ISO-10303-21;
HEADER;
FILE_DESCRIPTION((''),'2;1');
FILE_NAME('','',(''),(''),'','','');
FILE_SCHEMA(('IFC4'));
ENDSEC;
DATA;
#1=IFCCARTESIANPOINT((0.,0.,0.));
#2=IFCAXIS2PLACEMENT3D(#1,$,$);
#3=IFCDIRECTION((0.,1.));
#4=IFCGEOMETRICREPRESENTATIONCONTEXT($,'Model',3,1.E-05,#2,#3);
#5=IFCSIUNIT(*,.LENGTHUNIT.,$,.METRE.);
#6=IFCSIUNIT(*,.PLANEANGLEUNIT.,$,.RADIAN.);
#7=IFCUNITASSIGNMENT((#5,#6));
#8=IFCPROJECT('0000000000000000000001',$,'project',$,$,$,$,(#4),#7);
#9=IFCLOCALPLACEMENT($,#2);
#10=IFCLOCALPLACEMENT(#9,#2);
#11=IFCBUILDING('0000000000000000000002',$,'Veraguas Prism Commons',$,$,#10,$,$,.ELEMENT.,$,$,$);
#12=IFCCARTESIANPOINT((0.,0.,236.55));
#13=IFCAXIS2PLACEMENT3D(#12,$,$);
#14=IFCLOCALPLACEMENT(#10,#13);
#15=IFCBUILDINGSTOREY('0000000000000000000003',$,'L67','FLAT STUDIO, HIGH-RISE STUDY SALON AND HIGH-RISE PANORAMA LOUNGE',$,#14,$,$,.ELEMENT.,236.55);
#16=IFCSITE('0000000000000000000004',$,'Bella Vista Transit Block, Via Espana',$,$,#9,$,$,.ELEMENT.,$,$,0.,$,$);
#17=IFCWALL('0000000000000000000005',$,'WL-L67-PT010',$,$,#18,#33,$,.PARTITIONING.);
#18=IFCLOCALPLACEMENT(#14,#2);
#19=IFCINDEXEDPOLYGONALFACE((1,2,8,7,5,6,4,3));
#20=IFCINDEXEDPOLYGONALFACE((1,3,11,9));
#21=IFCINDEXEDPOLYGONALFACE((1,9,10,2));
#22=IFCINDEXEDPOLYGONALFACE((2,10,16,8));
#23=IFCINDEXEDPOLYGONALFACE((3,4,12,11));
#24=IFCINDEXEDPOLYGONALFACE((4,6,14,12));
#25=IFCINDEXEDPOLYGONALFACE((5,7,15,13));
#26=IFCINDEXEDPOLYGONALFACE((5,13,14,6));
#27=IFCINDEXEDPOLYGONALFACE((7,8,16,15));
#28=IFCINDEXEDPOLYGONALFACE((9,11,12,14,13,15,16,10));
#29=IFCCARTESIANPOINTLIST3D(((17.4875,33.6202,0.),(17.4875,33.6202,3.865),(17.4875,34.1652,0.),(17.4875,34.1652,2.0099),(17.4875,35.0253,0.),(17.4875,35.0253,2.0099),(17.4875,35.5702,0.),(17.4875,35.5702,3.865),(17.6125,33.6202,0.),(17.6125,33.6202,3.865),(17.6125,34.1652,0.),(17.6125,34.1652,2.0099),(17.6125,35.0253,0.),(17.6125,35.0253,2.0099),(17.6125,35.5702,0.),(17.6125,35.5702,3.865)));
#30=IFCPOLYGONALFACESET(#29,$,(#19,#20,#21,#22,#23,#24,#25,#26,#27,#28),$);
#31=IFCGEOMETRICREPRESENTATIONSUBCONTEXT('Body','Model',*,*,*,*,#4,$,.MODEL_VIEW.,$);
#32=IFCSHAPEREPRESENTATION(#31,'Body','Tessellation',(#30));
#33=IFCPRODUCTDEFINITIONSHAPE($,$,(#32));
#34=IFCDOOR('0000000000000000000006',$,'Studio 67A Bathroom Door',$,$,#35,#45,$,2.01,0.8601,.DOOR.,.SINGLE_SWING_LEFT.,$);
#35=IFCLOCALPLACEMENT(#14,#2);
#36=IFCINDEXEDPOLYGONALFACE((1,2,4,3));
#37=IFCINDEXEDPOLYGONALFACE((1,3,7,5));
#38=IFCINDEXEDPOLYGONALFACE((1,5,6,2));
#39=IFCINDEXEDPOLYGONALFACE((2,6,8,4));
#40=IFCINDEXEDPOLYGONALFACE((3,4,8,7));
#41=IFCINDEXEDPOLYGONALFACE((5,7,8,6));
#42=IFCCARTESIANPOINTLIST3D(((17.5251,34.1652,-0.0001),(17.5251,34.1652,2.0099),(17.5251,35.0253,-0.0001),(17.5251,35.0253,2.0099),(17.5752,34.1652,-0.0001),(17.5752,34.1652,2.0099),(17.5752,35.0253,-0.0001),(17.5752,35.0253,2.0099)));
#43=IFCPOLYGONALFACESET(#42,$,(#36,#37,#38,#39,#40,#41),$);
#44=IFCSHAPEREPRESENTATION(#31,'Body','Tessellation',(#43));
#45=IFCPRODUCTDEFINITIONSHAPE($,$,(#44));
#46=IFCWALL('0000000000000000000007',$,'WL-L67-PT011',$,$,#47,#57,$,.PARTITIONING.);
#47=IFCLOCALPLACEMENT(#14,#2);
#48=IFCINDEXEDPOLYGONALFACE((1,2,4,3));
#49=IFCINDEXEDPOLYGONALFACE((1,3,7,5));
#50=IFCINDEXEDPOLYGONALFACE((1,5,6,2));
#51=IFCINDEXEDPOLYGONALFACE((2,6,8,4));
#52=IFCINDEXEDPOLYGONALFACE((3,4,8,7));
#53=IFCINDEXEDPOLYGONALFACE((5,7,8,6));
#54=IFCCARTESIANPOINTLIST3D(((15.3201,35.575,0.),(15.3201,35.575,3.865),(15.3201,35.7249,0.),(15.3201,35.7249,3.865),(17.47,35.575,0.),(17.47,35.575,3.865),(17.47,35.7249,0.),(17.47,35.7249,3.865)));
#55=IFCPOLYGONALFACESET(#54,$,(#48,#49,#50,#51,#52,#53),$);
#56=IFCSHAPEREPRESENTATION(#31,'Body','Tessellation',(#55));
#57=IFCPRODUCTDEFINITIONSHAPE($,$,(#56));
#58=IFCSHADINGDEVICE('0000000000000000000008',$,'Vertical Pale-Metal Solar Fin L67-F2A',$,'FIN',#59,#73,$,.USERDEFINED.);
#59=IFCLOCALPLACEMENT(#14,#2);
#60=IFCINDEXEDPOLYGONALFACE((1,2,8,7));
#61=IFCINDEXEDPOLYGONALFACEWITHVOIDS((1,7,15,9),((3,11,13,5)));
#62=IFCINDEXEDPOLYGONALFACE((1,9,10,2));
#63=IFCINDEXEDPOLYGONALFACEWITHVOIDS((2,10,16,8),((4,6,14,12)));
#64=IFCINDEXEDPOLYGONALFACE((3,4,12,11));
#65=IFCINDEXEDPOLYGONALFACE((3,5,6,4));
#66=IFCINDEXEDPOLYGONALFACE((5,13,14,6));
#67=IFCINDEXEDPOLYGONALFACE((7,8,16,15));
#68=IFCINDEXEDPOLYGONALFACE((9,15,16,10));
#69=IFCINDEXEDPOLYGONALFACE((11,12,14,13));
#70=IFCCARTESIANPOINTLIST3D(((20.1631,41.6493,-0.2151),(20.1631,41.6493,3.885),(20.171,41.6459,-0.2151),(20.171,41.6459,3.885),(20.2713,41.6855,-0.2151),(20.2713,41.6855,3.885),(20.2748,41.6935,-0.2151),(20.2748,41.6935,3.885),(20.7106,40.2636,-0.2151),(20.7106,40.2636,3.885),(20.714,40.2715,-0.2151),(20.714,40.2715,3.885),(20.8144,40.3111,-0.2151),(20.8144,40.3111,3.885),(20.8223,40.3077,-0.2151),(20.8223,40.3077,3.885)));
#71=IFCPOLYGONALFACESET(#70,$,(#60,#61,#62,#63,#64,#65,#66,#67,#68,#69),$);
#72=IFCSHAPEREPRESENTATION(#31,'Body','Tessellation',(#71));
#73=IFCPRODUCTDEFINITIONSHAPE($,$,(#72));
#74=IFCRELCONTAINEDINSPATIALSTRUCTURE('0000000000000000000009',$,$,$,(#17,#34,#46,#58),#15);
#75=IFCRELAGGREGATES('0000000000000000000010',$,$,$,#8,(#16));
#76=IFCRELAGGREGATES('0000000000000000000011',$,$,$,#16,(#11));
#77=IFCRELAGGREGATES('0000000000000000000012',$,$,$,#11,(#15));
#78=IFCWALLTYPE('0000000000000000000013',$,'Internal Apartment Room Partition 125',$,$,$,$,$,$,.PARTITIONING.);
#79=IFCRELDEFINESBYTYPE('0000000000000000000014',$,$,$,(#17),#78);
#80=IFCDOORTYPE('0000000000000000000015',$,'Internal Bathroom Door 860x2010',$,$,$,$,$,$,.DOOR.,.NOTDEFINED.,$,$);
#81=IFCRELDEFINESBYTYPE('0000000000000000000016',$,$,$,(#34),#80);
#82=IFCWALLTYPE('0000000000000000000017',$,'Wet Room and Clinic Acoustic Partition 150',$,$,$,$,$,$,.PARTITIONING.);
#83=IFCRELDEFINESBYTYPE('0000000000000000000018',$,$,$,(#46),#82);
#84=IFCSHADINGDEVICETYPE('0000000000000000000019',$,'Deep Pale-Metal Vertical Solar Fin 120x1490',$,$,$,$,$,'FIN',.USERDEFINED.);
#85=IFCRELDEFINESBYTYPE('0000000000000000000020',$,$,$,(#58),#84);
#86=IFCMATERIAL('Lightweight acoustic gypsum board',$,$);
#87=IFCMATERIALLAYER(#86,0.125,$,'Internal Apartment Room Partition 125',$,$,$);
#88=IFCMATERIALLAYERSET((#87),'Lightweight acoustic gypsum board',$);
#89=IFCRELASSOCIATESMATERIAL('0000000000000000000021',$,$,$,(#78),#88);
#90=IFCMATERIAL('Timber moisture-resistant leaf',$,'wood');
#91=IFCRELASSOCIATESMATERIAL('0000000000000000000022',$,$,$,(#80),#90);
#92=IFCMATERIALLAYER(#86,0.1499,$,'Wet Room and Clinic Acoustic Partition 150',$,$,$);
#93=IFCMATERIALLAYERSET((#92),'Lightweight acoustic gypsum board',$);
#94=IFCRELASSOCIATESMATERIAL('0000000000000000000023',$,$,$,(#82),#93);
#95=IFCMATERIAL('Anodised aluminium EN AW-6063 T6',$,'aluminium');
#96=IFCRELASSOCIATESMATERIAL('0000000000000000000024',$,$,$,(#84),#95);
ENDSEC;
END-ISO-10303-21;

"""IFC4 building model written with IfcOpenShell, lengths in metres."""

from ifc_helpers import new_model, si_unit, direction, frame, frame_2d, origin, origin_2d, place, context, subcontext, project, spatial, rectangle, hollow_rectangle, extrude, source, transform, mapped, material, layer, layer_set, material_profile, profile_set, type_object, element, fill, save


model = new_model("IFC4")

# Units and contexts
model_context = context("Model", 3, precision=1e-05, world=origin(), true_north=direction((0.0, 1.0)))
body_context = subcontext(model_context, "Body", "Model", "MODEL_VIEW")
ifc_project = project(units=[si_unit("LENGTHUNIT", "METRE"), si_unit("PLANEANGLEUNIT", "RADIAN")], contexts=[model_context])

# Site, building, storey
site_placement = place(None, origin())
site = spatial("IfcSite", under=ifc_project, at=site_placement, Name="Bella Vista Transit Block, Via Espana", CompositionType="ELEMENT", RefElevation=0.0)
building_placement = place(site_placement, origin())
building = spatial("IfcBuilding", under=site, at=building_placement, Name="Veraguas Prism Commons", CompositionType="ELEMENT")
storey_placement = place(building_placement, frame((0.0, 0.0, 236.55)))
storey = spatial("IfcBuildingStorey", under=building, at=storey_placement, Name="L67", Description="FLAT STUDIO, HIGH-RISE STUDY SALON AND HIGH-RISE PANORAMA LOUNGE", CompositionType="ELEMENT", Elevation=236.55)

# Shared definitions
ifc_material_1 = material(Name="Anodised aluminium EN AW-6063 T6", Category="aluminium")

# Wall, opening, door
ifc_material_2 = material(Name="Lightweight acoustic gypsum board")
ifc_layer_1 = layer(ifc_material_2, 0.125, Name="Internal Apartment Room Partition 125")
ifc_layer_set_1 = layer_set([ifc_layer_1], Name="Lightweight acoustic gypsum board")
wall_type_1 = type_object("IfcWallType", Name="Internal Apartment Room Partition 125", PredefinedType="PARTITIONING", material=ifc_layer_set_1)
wall_1_placement = place(storey_placement, frame((17.55, 33.6201, 0.0), z_axis=(0.0, 0.0, 1.0), x_axis=(0.0, 1.0, 0.0)))
wall_1 = element("IfcWall", 1, at=wall_1_placement, inside=storey, type_object=wall_type_1, Name="WL-L67-PT010", PredefinedType="PARTITIONING", context=body_context, shape_type="SweptSolid", body=[
    extrude(rectangle(XDim=1.95, YDim=0.125, at=frame_2d((0.9751, 0.0))), origin(), (0.0, 0.0, 1.0), 3.865),
])
opening_1_placement = place(wall_1_placement, frame((0.5449, 0.0, 0.0)))
opening_1 = element("IfcOpeningElement", 2, at=opening_1_placement, cuts=wall_1, PredefinedType="OPENING", context=body_context, shape_type="SweptSolid", body=[
    extrude(rectangle(XDim=0.8601, YDim=2.01, at=frame_2d((0.4302, 1.0049))), frame((0.0, 0.0725, 0.0), z_axis=(0.0, -1.0, 0.0), x_axis=(1.0, 0.0, 0.0)), (0.0, 0.0, 1.0), 0.145),
])
ifc_material_3 = material(Name="Timber moisture-resistant leaf", Category="wood")
door_type_1 = type_object("IfcDoorType", Name="Internal Bathroom Door 860x2010", OperationType="NOTDEFINED", PredefinedType="DOOR", material=ifc_material_3)
shared_shape_1 = source(origin(), body_context, "Body", "SweptSolid", [
    extrude(rectangle(XDim=0.8601, YDim=2.01, at=frame_2d((0.4302, 1.0049))), frame((0.0, 0.0249, 0.0), z_axis=(0.0, -1.0, 0.0), x_axis=(1.0, 0.0, 0.0)), (0.0, 0.0, 1.0), 0.05),
])
door_1_placement = place(opening_1_placement, origin())
door_1 = element("IfcDoor", 3, at=door_1_placement, inside=storey, type_object=door_type_1, Name="Studio 67A Bathroom Door", OperationType="SINGLE_SWING_LEFT", OverallHeight=2.01, OverallWidth=0.8601, PredefinedType="DOOR", context=body_context, shape_type="MappedRepresentation", body=[
    mapped(shared_shape_1, transform((0.0, 0.0, 0.0), scale=1.0)),
])
fill(opening_1, door_1)

# Wall
ifc_layer_2 = layer(ifc_material_2, 0.1499, Name="Wet Room and Clinic Acoustic Partition 150")
ifc_layer_set_2 = layer_set([ifc_layer_2], Name="Lightweight acoustic gypsum board")
wall_type_2 = type_object("IfcWallType", Name="Wet Room and Clinic Acoustic Partition 150", PredefinedType="PARTITIONING", material=ifc_layer_set_2)
wall_2_placement = place(storey_placement, frame((15.3201, 35.6499, 0.0), z_axis=(0.0, 0.0, 1.0), x_axis=(1.0, 0.0, 0.0)))
element("IfcWall", 4, at=wall_2_placement, inside=storey, type_object=wall_type_2, Name="WL-L67-PT011", PredefinedType="PARTITIONING", context=body_context, shape_type="SweptSolid", body=[
    extrude(rectangle(XDim=2.1499, YDim=0.1499, at=frame_2d((1.075, 0.0))), origin(), (0.0, 0.0, 1.0), 3.865),
])

# Shading device
ifc_material_profile_1 = material_profile(ifc_material_1, hollow_rectangle(XDim=0.1201, YDim=1.49, WallThickness=0.0061, at=origin_2d()), Name="FIN120X1490X6")
ifc_profile_set_1 = profile_set([ifc_material_profile_1], Name="Anodised aluminium EN AW-6063 T6")
shading_device_type = type_object("IfcShadingDeviceType", Name="Deep Pale-Metal Vertical Solar Fin 120x1490", ElementType="FIN", PredefinedType="USERDEFINED", material=ifc_profile_set_1)
shading_device_placement = place(storey_placement, frame((20.4927, 40.9785, -0.2151), z_axis=(0.0, 0.0, 1.0), x_axis=(-0.930033, -0.367477, 0.0)))
element("IfcShadingDevice", 5, at=shading_device_placement, inside=storey, type_object=shading_device_type, Name="Vertical Pale-Metal Solar Fin L67-F2A", ObjectType="FIN", PredefinedType="USERDEFINED", context=body_context, shape_type="SweptSolid", body=[
    extrude(hollow_rectangle(XDim=0.1201, YDim=1.49, WallThickness=0.0061, at=origin_2d()), origin(), (0.0, 0.0, 1.0), 4.1001),
])

save(model, "model.ifc")
